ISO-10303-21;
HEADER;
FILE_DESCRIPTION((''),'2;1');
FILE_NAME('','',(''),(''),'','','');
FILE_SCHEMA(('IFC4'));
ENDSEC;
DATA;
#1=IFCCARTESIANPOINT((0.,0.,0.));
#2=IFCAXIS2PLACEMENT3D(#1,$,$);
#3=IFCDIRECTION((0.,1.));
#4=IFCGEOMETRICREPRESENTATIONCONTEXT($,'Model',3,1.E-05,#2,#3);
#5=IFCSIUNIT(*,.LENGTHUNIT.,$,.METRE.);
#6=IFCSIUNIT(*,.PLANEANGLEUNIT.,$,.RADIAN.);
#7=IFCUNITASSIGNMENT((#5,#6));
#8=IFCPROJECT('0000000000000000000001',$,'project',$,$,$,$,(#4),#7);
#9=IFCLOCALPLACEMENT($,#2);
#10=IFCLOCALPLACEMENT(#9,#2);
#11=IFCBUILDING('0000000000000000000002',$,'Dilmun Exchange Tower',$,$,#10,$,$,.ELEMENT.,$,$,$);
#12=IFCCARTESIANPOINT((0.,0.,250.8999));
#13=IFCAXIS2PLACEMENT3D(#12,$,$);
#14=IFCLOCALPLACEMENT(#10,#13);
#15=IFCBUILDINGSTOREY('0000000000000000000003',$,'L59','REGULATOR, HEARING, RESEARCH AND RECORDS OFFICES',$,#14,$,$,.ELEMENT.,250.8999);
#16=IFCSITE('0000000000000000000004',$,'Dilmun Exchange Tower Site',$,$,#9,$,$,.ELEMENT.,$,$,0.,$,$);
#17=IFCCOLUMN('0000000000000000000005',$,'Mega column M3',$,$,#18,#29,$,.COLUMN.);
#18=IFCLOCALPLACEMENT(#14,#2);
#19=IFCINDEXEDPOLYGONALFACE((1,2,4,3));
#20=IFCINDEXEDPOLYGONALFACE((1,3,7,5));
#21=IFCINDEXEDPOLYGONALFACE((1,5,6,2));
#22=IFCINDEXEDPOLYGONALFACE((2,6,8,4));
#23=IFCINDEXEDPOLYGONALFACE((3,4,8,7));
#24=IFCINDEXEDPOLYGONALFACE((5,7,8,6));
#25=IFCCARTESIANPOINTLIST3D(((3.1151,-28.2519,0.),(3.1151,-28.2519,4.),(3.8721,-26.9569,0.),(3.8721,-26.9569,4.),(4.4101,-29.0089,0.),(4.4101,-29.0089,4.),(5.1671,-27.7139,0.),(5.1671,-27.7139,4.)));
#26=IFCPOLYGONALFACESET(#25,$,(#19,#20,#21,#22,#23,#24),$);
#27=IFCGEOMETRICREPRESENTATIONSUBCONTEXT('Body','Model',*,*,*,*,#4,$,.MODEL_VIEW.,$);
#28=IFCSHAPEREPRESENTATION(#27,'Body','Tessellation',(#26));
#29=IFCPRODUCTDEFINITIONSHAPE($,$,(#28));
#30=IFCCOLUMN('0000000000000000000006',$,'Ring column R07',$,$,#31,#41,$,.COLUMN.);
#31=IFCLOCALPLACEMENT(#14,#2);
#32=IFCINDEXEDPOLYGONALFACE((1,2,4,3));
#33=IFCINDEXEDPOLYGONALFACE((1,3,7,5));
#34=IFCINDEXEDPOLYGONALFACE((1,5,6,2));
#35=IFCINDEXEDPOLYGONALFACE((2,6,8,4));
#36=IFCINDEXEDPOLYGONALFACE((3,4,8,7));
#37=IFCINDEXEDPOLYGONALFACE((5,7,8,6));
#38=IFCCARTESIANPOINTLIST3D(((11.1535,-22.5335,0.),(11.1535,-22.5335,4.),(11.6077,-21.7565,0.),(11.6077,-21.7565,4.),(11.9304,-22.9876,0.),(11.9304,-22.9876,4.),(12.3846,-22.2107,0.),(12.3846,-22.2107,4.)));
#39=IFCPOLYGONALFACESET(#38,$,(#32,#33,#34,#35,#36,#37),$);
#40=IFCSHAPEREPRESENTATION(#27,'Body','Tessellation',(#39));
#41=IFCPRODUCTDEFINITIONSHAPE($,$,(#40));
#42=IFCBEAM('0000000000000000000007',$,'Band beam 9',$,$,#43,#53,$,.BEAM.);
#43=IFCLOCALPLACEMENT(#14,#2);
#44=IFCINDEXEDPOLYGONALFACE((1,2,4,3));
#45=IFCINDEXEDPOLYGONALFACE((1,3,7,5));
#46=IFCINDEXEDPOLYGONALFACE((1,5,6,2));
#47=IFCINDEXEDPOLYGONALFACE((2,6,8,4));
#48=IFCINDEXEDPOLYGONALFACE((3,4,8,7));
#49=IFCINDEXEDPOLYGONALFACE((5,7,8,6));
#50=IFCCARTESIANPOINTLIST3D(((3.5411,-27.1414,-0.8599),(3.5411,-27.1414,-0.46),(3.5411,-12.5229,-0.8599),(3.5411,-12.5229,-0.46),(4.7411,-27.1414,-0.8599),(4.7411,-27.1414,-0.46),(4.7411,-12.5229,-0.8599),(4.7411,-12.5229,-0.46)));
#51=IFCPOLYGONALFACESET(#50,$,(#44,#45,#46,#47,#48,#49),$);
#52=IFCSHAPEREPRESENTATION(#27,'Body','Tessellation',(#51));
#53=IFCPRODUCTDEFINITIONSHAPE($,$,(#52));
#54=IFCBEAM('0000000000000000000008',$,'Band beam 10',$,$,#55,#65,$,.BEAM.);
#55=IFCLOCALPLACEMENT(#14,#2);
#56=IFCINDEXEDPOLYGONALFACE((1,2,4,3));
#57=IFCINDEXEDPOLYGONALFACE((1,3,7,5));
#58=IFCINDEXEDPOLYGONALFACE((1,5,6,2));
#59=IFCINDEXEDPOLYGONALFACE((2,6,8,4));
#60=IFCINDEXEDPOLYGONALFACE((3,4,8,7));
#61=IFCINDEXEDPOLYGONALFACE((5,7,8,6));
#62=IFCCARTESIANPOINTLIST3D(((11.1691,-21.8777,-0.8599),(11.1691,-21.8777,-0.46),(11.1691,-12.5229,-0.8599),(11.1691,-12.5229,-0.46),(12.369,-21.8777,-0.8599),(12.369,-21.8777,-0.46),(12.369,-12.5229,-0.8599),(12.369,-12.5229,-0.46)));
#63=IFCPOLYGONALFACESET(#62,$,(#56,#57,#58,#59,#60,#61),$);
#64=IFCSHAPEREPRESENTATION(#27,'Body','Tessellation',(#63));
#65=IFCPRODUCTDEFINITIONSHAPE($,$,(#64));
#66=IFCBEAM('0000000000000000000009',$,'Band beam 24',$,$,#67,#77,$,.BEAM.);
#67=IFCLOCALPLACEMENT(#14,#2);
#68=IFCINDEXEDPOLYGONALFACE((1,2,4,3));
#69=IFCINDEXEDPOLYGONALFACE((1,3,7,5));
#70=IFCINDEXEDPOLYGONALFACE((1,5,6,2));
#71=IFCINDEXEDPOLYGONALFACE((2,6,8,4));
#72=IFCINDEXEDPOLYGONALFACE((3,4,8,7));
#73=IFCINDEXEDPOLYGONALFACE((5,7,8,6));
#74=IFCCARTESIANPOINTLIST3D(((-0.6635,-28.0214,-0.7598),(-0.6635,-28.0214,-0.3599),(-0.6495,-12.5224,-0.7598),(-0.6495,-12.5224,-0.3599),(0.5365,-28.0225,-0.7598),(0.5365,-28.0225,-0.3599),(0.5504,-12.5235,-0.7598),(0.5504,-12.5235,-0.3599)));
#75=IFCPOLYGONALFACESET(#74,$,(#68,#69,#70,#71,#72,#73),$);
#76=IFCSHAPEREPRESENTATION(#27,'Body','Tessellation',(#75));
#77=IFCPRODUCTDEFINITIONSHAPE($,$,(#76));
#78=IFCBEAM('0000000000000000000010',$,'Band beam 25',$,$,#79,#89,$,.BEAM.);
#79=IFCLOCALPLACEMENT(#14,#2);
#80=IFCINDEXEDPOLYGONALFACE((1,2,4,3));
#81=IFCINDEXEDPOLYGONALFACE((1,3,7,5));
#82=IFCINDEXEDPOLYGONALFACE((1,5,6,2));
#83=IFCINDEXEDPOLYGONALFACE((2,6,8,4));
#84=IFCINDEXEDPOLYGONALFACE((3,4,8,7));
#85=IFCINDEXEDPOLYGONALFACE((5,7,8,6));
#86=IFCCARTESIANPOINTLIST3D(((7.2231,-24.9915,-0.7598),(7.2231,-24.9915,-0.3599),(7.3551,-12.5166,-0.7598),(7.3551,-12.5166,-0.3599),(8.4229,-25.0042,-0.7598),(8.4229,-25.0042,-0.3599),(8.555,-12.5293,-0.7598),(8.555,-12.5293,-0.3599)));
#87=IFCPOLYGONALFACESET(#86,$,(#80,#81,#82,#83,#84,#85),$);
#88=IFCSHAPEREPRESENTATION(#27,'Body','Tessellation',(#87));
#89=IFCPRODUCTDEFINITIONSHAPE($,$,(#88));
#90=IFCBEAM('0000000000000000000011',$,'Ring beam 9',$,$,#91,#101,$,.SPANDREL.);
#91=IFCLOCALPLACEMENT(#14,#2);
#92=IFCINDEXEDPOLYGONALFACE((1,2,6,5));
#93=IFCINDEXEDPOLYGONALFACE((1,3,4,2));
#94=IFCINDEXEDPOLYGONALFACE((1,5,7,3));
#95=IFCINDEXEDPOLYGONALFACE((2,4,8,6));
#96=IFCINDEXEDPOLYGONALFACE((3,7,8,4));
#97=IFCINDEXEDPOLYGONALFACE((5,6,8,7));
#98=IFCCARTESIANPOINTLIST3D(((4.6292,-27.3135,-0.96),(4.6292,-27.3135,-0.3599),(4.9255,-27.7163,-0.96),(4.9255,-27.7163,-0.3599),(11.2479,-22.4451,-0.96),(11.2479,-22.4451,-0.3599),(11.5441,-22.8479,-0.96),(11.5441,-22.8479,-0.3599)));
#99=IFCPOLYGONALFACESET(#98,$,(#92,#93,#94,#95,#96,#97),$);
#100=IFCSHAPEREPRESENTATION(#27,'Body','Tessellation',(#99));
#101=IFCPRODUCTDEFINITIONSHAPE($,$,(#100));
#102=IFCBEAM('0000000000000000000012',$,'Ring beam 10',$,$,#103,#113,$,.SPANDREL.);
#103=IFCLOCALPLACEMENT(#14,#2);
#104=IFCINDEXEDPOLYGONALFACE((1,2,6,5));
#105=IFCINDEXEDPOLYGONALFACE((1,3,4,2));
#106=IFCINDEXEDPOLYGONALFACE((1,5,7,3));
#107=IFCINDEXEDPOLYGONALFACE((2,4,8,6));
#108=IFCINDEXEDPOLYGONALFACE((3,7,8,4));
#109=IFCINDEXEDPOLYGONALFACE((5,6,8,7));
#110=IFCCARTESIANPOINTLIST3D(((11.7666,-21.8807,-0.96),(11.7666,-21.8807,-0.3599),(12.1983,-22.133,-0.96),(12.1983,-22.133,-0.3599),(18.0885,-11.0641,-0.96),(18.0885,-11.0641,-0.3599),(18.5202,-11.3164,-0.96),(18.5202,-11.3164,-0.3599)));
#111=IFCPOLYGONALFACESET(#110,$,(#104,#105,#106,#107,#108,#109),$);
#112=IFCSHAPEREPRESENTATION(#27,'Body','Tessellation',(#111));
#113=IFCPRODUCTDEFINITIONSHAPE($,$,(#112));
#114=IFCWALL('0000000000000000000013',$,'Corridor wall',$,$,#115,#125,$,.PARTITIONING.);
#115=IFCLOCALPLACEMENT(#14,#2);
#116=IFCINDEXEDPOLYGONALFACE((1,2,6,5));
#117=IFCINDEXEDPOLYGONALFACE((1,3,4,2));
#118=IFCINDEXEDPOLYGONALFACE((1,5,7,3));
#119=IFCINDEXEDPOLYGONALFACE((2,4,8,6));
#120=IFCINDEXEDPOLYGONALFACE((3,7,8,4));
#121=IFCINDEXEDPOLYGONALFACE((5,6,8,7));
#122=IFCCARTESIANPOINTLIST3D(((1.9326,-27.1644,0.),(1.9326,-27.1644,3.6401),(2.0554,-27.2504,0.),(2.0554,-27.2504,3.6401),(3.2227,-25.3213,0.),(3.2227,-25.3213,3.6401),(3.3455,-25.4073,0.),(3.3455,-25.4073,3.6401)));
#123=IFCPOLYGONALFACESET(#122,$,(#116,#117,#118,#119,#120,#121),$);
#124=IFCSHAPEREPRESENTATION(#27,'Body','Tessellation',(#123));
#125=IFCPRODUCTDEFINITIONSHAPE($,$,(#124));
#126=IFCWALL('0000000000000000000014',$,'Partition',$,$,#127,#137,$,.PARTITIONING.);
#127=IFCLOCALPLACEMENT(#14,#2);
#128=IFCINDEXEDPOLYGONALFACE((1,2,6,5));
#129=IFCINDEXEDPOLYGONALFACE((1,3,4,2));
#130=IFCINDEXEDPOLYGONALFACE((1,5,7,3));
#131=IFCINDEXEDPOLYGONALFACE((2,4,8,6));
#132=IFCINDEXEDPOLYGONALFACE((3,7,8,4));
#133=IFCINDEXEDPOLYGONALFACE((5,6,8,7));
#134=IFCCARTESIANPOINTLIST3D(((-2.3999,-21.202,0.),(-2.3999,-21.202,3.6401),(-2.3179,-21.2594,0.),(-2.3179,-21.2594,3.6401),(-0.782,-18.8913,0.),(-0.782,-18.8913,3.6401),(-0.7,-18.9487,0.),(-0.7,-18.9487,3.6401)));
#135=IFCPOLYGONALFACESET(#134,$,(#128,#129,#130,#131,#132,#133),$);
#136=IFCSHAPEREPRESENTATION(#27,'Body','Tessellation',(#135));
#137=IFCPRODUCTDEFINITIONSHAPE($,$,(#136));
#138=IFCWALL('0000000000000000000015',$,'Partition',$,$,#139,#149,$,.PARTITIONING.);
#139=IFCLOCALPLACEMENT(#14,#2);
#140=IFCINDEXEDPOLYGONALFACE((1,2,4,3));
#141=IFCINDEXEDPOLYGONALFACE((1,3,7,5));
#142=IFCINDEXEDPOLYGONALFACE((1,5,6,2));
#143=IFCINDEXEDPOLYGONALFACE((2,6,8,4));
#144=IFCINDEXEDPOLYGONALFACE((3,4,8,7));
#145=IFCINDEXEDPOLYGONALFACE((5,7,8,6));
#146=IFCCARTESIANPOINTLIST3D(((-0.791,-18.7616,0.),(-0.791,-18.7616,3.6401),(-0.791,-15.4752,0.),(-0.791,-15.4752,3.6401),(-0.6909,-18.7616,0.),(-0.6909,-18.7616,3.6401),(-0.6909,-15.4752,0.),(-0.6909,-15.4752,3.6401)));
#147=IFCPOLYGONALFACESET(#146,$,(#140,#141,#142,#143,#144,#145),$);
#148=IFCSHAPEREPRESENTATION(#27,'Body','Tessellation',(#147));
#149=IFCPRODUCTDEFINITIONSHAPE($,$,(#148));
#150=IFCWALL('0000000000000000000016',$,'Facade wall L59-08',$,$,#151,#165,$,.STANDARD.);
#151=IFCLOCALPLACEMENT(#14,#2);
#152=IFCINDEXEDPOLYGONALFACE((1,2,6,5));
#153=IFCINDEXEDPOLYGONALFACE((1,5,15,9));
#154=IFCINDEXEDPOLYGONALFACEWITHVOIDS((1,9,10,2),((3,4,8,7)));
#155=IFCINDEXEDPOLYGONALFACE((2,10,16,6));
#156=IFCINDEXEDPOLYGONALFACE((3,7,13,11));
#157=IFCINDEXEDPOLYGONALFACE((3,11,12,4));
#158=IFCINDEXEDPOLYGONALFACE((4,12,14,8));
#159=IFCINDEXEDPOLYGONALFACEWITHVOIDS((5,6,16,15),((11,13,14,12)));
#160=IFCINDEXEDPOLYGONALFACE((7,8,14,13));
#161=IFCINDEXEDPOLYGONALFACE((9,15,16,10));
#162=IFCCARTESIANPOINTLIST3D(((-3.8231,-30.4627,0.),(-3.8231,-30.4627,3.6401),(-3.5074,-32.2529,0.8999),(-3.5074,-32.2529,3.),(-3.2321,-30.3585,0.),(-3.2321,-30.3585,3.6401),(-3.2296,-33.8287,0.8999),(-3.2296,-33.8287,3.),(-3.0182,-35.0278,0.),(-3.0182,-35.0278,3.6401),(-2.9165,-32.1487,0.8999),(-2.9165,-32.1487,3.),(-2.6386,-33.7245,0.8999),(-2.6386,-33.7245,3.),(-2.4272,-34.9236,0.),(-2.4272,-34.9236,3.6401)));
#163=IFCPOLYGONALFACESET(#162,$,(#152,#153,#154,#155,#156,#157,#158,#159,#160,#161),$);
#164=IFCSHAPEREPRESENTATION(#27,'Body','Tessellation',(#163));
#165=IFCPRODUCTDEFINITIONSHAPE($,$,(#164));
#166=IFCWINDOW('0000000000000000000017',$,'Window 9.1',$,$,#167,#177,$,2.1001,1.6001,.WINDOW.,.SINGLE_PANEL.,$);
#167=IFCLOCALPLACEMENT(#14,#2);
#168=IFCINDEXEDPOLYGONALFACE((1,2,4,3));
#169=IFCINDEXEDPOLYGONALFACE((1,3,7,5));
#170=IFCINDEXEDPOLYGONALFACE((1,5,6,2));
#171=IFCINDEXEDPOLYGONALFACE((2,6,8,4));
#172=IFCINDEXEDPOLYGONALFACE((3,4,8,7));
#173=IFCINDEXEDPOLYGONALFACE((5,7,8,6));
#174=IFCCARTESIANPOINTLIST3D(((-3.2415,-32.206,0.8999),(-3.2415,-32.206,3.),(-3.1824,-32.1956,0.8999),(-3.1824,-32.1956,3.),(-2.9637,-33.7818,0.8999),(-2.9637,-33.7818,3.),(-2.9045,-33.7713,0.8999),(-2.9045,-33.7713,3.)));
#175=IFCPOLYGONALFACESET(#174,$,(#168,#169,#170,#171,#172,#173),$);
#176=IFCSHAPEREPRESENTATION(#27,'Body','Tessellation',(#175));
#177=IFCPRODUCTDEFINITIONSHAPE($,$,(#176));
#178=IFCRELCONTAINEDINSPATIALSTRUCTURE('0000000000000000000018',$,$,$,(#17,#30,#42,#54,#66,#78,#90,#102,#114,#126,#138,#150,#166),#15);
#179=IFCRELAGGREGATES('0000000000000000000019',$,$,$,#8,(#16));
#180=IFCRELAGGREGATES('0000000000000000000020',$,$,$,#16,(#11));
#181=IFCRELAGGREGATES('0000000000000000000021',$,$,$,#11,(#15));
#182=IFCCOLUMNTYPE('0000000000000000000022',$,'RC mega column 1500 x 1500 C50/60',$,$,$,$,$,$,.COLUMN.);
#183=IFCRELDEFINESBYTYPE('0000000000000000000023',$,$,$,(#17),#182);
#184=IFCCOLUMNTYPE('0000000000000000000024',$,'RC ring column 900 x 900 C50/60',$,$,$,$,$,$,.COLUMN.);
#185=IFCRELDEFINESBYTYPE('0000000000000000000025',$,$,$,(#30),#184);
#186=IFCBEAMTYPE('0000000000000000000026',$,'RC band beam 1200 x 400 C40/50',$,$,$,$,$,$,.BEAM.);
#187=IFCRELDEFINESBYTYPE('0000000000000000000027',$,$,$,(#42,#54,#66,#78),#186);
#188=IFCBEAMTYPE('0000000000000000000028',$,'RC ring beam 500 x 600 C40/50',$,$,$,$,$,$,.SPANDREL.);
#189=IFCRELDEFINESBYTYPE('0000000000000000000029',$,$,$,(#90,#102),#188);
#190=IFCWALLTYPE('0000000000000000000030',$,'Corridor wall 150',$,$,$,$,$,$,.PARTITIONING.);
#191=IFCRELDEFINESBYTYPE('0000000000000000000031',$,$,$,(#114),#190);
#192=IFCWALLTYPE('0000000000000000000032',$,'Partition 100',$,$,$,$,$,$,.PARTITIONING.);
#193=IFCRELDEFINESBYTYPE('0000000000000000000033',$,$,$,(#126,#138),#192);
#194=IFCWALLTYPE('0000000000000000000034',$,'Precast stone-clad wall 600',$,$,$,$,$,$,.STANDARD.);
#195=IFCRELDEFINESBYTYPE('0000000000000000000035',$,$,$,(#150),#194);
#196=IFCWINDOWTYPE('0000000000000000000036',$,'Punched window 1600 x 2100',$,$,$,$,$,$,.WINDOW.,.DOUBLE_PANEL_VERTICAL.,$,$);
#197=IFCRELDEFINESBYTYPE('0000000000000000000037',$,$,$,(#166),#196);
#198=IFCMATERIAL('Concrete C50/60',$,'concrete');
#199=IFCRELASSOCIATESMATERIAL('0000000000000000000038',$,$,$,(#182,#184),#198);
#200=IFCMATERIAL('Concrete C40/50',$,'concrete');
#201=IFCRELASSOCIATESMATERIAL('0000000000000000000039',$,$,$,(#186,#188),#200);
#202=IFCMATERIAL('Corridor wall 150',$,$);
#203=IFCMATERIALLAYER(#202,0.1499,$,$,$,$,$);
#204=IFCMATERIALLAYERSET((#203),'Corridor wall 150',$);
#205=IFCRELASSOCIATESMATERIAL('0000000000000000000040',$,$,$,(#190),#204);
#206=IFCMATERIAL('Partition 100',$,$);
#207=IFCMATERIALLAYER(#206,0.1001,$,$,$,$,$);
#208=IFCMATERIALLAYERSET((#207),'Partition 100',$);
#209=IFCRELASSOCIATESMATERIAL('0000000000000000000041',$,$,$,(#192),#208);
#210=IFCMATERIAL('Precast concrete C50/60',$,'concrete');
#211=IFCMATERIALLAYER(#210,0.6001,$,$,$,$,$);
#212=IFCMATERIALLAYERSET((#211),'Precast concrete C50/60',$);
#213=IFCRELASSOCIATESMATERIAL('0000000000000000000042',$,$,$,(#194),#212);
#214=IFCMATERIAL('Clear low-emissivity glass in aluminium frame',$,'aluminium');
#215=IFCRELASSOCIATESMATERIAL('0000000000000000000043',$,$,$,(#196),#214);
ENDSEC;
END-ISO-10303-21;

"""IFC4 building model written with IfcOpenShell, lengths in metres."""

from ifc_helpers import new_model, si_unit, direction, frame, frame_2d, origin, origin_2d, place, context, subcontext, project, spatial, rectangle, extrude, material, layer, layer_set, material_profile, profile_set, type_object, element, fill, save


model = new_model("IFC4")

# Units and contexts
model_context = context("Model", 3, precision=1e-05, world=origin(), true_north=direction((0.0, 1.0)))
body_context = subcontext(model_context, "Body", "Model", "MODEL_VIEW")
ifc_project = project(units=[si_unit("LENGTHUNIT", "METRE"), si_unit("PLANEANGLEUNIT", "RADIAN")], contexts=[model_context])

# Site, building, storey
site_placement = place(None, origin())
site = spatial("IfcSite", under=ifc_project, at=site_placement, Name="Dilmun Exchange Tower Site", CompositionType="ELEMENT", RefElevation=0.0)
building_placement = place(site_placement, origin())
building = spatial("IfcBuilding", under=site, at=building_placement, Name="Dilmun Exchange Tower", CompositionType="ELEMENT")
storey_placement = place(building_placement, frame((0.0, 0.0, 250.8999)))
storey = spatial("IfcBuildingStorey", under=building, at=storey_placement, Name="L59", Description="REGULATOR, HEARING, RESEARCH AND RECORDS OFFICES", CompositionType="ELEMENT", Elevation=250.8999)

# Columns
ifc_material_1 = material(Name="Concrete C50/60", Category="concrete")
ifc_material_profile_1 = material_profile(ifc_material_1, rectangle(XDim=1.5, YDim=1.5, at=origin_2d()), Name="1500 x 1500")
ifc_profile_set_1 = profile_set([ifc_material_profile_1], Name="Concrete C50/60")
column_type_1 = type_object("IfcColumnType", Name="RC mega column 1500 x 1500 C50/60", PredefinedType="COLUMN", material=ifc_profile_set_1)
column_1_placement = place(storey_placement, frame((4.1411, -27.9829, 0.0), z_axis=(0.0, 0.0, 1.0), x_axis=(0.504644, 0.863328, 0.0)))
element("IfcColumn", 1, at=column_1_placement, inside=storey, type_object=column_type_1, Name="Mega column M3", PredefinedType="COLUMN", context=body_context, shape_type="SweptSolid", body=[
    extrude(rectangle(XDim=1.5, YDim=1.5, at=origin_2d()), origin(), (0.0, 0.0, 1.0), 4.0),
])
ifc_material_profile_2 = material_profile(ifc_material_1, rectangle(XDim=0.8999, YDim=0.8999, at=origin_2d()), Name="900 x 900")
ifc_profile_set_2 = profile_set([ifc_material_profile_2], Name="Concrete C50/60")
column_type_2 = type_object("IfcColumnType", Name="RC ring column 900 x 900 C50/60", PredefinedType="COLUMN", material=ifc_profile_set_2)
column_2_placement = place(storey_placement, frame((11.769, -22.3721, 0.0), z_axis=(0.0, 0.0, 1.0), x_axis=(0.504644, 0.863328, 0.0)))
element("IfcColumn", 2, at=column_2_placement, inside=storey, type_object=column_type_2, Name="Ring column R07", PredefinedType="COLUMN", context=body_context, shape_type="SweptSolid", body=[
    extrude(rectangle(XDim=0.8999, YDim=0.8999, at=origin_2d()), origin(), (0.0, 0.0, 1.0), 4.0),
])

# Beams
ifc_material_2 = material(Name="Concrete C40/50", Category="concrete")
ifc_material_profile_3 = material_profile(ifc_material_2, rectangle(XDim=1.2, YDim=0.3999, at=origin_2d()), Name="1200 x 400")
ifc_profile_set_3 = profile_set([ifc_material_profile_3], Name="Concrete C40/50")
beam_type_1 = type_object("IfcBeamType", Name="RC band beam 1200 x 400 C40/50", PredefinedType="BEAM", material=ifc_profile_set_3)
beam_1_placement = place(storey_placement, frame((4.1411, -27.1414, -0.6599), z_axis=(0.0, 1.0, 0.0), x_axis=(-1.0, 0.0, 0.0)))
element("IfcBeam", 3, at=beam_1_placement, inside=storey, type_object=beam_type_1, Name="Band beam 9", PredefinedType="BEAM", context=body_context, shape_type="SweptSolid", body=[
    extrude(rectangle(XDim=1.2, YDim=0.3999, at=origin_2d()), origin(), (0.0, 0.0, 1.0), 14.6184),
])
beam_2_placement = place(storey_placement, frame((11.769, -21.8777, -0.6599), z_axis=(0.0, 1.0, 0.0), x_axis=(-1.0, 0.0, 0.0)))
element("IfcBeam", 4, at=beam_2_placement, inside=storey, type_object=beam_type_1, Name="Band beam 10", PredefinedType="BEAM", context=body_context, shape_type="SweptSolid", body=[
    extrude(rectangle(XDim=1.2, YDim=0.3999, at=origin_2d()), origin(), (0.0, 0.0, 1.0), 9.3547),
])
beam_3_placement = place(storey_placement, frame((-0.0635, -28.022, -0.5598), z_axis=(0.000898, 1.0, 0.0), x_axis=(-1.0, 0.000898, 0.0)))
element("IfcBeam", 5, at=beam_3_placement, inside=storey, type_object=beam_type_1, Name="Band beam 24", PredefinedType="BEAM", context=body_context, shape_type="SweptSolid", body=[
    extrude(rectangle(XDim=1.2, YDim=0.3999, at=origin_2d()), origin(), (0.0, 0.0, 1.0), 15.499),
])
beam_4_placement = place(storey_placement, frame((7.823, -24.9978, -0.5598), z_axis=(0.010587, 0.999944, 0.0), x_axis=(-0.999944, 0.010587, 0.0)))
element("IfcBeam", 6, at=beam_4_placement, inside=storey, type_object=beam_type_1, Name="Band beam 25", PredefinedType="BEAM", context=body_context, shape_type="SweptSolid", body=[
    extrude(rectangle(XDim=1.2, YDim=0.3999, at=origin_2d()), origin(), (0.0, 0.0, 1.0), 12.4756),
])
ifc_material_profile_4 = material_profile(ifc_material_2, rectangle(XDim=0.5, YDim=0.6001, at=origin_2d()), Name="500 x 600")
ifc_profile_set_4 = profile_set([ifc_material_profile_4], Name="Concrete C40/50")
beam_type_2 = type_object("IfcBeamType", Name="RC ring beam 500 x 600 C40/50", PredefinedType="SPANDREL", material=ifc_profile_set_4)
beam_5_placement = place(storey_placement, frame((4.7773, -27.5149, -0.6599), z_axis=(0.805549, 0.592529, 0.0), x_axis=(-0.592529, 0.805549, 0.0)))
element("IfcBeam", 7, at=beam_5_placement, inside=storey, type_object=beam_type_2, Name="Ring beam 9", PredefinedType="SPANDREL", context=body_context, shape_type="SweptSolid", body=[
    extrude(rectangle(XDim=0.5, YDim=0.6001, at=origin_2d()), origin(), (0.0, 0.0, 1.0), 8.2163),
])
beam_6_placement = place(storey_placement, frame((11.9824, -22.0068, -0.6599), z_axis=(0.504604, 0.863351, 0.0), x_axis=(-0.863351, 0.504604, 0.0)))
element("IfcBeam", 8, at=beam_6_placement, inside=storey, type_object=beam_type_2, Name="Ring beam 10", PredefinedType="SPANDREL", context=body_context, shape_type="SweptSolid", body=[
    extrude(rectangle(XDim=0.5, YDim=0.6001, at=origin_2d()), origin(), (0.0, 0.0, 1.0), 12.5286),
])

# Walls
ifc_material_3 = material(Name="Corridor wall 150")
ifc_layer_1 = layer(ifc_material_3, 0.1499)
ifc_layer_set_1 = layer_set([ifc_layer_1], Name="Corridor wall 150")
wall_type_1 = type_object("IfcWallType", Name="Corridor wall 150", PredefinedType="PARTITIONING", material=ifc_layer_set_1)
wall_1_placement = place(storey_placement, frame((1.9939, -27.2075, 0.0), z_axis=(0.0, 0.0, 1.0), x_axis=(0.57344, 0.819247, 0.0)))
element("IfcWall", 9, at=wall_1_placement, inside=storey, type_object=wall_type_1, Name="Corridor wall", PredefinedType="PARTITIONING", context=body_context, shape_type="SweptSolid", body=[
    extrude(rectangle(XDim=2.2498, YDim=0.1499, at=frame_2d((1.125, 0.0))), origin(), (0.0, 0.0, 1.0), 3.6401),
])
ifc_material_4 = material(Name="Partition 100")
ifc_layer_2 = layer(ifc_material_4, 0.1001)
ifc_layer_set_2 = layer_set([ifc_layer_2], Name="Partition 100")
wall_type_2 = type_object("IfcWallType", Name="Partition 100", PredefinedType="PARTITIONING", material=ifc_layer_set_2)
wall_2_placement = place(storey_placement, frame((-2.3589, -21.2307, 0.0), z_axis=(0.0, 0.0, 1.0), x_axis=(0.573549, 0.819171, 0.0)))
element("IfcWall", 10, at=wall_2_placement, inside=storey, type_object=wall_type_2, Name="Partition", PredefinedType="PARTITIONING", context=body_context, shape_type="SweptSolid", body=[
    extrude(rectangle(XDim=2.8208, YDim=0.1001, at=frame_2d((1.4104, 0.0))), origin(), (0.0, 0.0, 1.0), 3.6401),
])
wall_3_placement = place(storey_placement, frame((-0.741, -18.7615, 0.0), z_axis=(0.0, 0.0, 1.0), x_axis=(0.0, 1.0, 0.0)))
element("IfcWall", 11, at=wall_3_placement, inside=storey, type_object=wall_type_2, Name="Partition", PredefinedType="PARTITIONING", context=body_context, shape_type="SweptSolid", body=[
    extrude(rectangle(XDim=3.2864, YDim=0.1001, at=frame_2d((1.6431, 0.0))), origin(), (0.0, 0.0, 1.0), 3.6401),
])

# Wall, opening, window
ifc_material_5 = material(Name="Precast concrete C50/60", Category="concrete")
ifc_layer_3 = layer(ifc_material_5, 0.6001)
ifc_layer_set_3 = layer_set([ifc_layer_3], Name="Precast concrete C50/60")
wall_type_3 = type_object("IfcWallType", Name="Precast stone-clad wall 600", PredefinedType="STANDARD", material=ifc_layer_set_3)
wall_4_placement = place(storey_placement, frame((-2.7227, -34.9758, 0.0), z_axis=(0.0, 0.0, 1.0), x_axis=(-0.173641, 0.984809, 0.0)))
wall_4 = element("IfcWall", 12, at=wall_4_placement, inside=storey, type_object=wall_type_3, Name="Facade wall L59-08", PredefinedType="STANDARD", context=body_context, shape_type="SweptSolid", body=[
    extrude(rectangle(XDim=4.6355, YDim=0.6001, at=frame_2d((2.3179, 0.0))), origin(), (0.0, 0.0, 1.0), 3.6401),
])
opening_1_placement = place(wall_4_placement, frame((1.2178, 0.0, 0.8999)))
opening_1 = element("IfcOpeningElement", 13, at=opening_1_placement, cuts=wall_4, PredefinedType="OPENING", context=body_context, shape_type="SweptSolid", body=[
    extrude(rectangle(XDim=1.6001, YDim=2.1001, at=frame_2d((0.8, 1.05))), frame((0.0, 0.3101, 0.0), z_axis=(0.0, -1.0, 0.0), x_axis=(1.0, 0.0, 0.0)), (0.0, 0.0, 1.0), 0.6201),
])
ifc_material_6 = material(Name="Clear low-emissivity glass in aluminium frame", Category="aluminium")
window_type_1 = type_object("IfcWindowType", Name="Punched window 1600 x 2100", PartitioningType="DOUBLE_PANEL_VERTICAL", PredefinedType="WINDOW", material=ifc_material_6)
window_1_placement = place(opening_1_placement, origin())
window_1 = element("IfcWindow", 14, at=window_1_placement, inside=storey, type_object=window_type_1, Name="Window 9.1", OverallHeight=2.1001, OverallWidth=1.6001, PartitioningType="SINGLE_PANEL", PredefinedType="WINDOW", context=body_context, shape_type="SweptSolid", body=[
    extrude(rectangle(XDim=1.6001, YDim=2.1001, at=frame_2d((0.8, 1.05))), frame((0.0, 0.03, 0.0), z_axis=(0.0, -1.0, 0.0), x_axis=(1.0, 0.0, 0.0)), (0.0, 0.0, 1.0), 0.0601),
])
fill(opening_1, window_1)

save(model, "model.ifc")
